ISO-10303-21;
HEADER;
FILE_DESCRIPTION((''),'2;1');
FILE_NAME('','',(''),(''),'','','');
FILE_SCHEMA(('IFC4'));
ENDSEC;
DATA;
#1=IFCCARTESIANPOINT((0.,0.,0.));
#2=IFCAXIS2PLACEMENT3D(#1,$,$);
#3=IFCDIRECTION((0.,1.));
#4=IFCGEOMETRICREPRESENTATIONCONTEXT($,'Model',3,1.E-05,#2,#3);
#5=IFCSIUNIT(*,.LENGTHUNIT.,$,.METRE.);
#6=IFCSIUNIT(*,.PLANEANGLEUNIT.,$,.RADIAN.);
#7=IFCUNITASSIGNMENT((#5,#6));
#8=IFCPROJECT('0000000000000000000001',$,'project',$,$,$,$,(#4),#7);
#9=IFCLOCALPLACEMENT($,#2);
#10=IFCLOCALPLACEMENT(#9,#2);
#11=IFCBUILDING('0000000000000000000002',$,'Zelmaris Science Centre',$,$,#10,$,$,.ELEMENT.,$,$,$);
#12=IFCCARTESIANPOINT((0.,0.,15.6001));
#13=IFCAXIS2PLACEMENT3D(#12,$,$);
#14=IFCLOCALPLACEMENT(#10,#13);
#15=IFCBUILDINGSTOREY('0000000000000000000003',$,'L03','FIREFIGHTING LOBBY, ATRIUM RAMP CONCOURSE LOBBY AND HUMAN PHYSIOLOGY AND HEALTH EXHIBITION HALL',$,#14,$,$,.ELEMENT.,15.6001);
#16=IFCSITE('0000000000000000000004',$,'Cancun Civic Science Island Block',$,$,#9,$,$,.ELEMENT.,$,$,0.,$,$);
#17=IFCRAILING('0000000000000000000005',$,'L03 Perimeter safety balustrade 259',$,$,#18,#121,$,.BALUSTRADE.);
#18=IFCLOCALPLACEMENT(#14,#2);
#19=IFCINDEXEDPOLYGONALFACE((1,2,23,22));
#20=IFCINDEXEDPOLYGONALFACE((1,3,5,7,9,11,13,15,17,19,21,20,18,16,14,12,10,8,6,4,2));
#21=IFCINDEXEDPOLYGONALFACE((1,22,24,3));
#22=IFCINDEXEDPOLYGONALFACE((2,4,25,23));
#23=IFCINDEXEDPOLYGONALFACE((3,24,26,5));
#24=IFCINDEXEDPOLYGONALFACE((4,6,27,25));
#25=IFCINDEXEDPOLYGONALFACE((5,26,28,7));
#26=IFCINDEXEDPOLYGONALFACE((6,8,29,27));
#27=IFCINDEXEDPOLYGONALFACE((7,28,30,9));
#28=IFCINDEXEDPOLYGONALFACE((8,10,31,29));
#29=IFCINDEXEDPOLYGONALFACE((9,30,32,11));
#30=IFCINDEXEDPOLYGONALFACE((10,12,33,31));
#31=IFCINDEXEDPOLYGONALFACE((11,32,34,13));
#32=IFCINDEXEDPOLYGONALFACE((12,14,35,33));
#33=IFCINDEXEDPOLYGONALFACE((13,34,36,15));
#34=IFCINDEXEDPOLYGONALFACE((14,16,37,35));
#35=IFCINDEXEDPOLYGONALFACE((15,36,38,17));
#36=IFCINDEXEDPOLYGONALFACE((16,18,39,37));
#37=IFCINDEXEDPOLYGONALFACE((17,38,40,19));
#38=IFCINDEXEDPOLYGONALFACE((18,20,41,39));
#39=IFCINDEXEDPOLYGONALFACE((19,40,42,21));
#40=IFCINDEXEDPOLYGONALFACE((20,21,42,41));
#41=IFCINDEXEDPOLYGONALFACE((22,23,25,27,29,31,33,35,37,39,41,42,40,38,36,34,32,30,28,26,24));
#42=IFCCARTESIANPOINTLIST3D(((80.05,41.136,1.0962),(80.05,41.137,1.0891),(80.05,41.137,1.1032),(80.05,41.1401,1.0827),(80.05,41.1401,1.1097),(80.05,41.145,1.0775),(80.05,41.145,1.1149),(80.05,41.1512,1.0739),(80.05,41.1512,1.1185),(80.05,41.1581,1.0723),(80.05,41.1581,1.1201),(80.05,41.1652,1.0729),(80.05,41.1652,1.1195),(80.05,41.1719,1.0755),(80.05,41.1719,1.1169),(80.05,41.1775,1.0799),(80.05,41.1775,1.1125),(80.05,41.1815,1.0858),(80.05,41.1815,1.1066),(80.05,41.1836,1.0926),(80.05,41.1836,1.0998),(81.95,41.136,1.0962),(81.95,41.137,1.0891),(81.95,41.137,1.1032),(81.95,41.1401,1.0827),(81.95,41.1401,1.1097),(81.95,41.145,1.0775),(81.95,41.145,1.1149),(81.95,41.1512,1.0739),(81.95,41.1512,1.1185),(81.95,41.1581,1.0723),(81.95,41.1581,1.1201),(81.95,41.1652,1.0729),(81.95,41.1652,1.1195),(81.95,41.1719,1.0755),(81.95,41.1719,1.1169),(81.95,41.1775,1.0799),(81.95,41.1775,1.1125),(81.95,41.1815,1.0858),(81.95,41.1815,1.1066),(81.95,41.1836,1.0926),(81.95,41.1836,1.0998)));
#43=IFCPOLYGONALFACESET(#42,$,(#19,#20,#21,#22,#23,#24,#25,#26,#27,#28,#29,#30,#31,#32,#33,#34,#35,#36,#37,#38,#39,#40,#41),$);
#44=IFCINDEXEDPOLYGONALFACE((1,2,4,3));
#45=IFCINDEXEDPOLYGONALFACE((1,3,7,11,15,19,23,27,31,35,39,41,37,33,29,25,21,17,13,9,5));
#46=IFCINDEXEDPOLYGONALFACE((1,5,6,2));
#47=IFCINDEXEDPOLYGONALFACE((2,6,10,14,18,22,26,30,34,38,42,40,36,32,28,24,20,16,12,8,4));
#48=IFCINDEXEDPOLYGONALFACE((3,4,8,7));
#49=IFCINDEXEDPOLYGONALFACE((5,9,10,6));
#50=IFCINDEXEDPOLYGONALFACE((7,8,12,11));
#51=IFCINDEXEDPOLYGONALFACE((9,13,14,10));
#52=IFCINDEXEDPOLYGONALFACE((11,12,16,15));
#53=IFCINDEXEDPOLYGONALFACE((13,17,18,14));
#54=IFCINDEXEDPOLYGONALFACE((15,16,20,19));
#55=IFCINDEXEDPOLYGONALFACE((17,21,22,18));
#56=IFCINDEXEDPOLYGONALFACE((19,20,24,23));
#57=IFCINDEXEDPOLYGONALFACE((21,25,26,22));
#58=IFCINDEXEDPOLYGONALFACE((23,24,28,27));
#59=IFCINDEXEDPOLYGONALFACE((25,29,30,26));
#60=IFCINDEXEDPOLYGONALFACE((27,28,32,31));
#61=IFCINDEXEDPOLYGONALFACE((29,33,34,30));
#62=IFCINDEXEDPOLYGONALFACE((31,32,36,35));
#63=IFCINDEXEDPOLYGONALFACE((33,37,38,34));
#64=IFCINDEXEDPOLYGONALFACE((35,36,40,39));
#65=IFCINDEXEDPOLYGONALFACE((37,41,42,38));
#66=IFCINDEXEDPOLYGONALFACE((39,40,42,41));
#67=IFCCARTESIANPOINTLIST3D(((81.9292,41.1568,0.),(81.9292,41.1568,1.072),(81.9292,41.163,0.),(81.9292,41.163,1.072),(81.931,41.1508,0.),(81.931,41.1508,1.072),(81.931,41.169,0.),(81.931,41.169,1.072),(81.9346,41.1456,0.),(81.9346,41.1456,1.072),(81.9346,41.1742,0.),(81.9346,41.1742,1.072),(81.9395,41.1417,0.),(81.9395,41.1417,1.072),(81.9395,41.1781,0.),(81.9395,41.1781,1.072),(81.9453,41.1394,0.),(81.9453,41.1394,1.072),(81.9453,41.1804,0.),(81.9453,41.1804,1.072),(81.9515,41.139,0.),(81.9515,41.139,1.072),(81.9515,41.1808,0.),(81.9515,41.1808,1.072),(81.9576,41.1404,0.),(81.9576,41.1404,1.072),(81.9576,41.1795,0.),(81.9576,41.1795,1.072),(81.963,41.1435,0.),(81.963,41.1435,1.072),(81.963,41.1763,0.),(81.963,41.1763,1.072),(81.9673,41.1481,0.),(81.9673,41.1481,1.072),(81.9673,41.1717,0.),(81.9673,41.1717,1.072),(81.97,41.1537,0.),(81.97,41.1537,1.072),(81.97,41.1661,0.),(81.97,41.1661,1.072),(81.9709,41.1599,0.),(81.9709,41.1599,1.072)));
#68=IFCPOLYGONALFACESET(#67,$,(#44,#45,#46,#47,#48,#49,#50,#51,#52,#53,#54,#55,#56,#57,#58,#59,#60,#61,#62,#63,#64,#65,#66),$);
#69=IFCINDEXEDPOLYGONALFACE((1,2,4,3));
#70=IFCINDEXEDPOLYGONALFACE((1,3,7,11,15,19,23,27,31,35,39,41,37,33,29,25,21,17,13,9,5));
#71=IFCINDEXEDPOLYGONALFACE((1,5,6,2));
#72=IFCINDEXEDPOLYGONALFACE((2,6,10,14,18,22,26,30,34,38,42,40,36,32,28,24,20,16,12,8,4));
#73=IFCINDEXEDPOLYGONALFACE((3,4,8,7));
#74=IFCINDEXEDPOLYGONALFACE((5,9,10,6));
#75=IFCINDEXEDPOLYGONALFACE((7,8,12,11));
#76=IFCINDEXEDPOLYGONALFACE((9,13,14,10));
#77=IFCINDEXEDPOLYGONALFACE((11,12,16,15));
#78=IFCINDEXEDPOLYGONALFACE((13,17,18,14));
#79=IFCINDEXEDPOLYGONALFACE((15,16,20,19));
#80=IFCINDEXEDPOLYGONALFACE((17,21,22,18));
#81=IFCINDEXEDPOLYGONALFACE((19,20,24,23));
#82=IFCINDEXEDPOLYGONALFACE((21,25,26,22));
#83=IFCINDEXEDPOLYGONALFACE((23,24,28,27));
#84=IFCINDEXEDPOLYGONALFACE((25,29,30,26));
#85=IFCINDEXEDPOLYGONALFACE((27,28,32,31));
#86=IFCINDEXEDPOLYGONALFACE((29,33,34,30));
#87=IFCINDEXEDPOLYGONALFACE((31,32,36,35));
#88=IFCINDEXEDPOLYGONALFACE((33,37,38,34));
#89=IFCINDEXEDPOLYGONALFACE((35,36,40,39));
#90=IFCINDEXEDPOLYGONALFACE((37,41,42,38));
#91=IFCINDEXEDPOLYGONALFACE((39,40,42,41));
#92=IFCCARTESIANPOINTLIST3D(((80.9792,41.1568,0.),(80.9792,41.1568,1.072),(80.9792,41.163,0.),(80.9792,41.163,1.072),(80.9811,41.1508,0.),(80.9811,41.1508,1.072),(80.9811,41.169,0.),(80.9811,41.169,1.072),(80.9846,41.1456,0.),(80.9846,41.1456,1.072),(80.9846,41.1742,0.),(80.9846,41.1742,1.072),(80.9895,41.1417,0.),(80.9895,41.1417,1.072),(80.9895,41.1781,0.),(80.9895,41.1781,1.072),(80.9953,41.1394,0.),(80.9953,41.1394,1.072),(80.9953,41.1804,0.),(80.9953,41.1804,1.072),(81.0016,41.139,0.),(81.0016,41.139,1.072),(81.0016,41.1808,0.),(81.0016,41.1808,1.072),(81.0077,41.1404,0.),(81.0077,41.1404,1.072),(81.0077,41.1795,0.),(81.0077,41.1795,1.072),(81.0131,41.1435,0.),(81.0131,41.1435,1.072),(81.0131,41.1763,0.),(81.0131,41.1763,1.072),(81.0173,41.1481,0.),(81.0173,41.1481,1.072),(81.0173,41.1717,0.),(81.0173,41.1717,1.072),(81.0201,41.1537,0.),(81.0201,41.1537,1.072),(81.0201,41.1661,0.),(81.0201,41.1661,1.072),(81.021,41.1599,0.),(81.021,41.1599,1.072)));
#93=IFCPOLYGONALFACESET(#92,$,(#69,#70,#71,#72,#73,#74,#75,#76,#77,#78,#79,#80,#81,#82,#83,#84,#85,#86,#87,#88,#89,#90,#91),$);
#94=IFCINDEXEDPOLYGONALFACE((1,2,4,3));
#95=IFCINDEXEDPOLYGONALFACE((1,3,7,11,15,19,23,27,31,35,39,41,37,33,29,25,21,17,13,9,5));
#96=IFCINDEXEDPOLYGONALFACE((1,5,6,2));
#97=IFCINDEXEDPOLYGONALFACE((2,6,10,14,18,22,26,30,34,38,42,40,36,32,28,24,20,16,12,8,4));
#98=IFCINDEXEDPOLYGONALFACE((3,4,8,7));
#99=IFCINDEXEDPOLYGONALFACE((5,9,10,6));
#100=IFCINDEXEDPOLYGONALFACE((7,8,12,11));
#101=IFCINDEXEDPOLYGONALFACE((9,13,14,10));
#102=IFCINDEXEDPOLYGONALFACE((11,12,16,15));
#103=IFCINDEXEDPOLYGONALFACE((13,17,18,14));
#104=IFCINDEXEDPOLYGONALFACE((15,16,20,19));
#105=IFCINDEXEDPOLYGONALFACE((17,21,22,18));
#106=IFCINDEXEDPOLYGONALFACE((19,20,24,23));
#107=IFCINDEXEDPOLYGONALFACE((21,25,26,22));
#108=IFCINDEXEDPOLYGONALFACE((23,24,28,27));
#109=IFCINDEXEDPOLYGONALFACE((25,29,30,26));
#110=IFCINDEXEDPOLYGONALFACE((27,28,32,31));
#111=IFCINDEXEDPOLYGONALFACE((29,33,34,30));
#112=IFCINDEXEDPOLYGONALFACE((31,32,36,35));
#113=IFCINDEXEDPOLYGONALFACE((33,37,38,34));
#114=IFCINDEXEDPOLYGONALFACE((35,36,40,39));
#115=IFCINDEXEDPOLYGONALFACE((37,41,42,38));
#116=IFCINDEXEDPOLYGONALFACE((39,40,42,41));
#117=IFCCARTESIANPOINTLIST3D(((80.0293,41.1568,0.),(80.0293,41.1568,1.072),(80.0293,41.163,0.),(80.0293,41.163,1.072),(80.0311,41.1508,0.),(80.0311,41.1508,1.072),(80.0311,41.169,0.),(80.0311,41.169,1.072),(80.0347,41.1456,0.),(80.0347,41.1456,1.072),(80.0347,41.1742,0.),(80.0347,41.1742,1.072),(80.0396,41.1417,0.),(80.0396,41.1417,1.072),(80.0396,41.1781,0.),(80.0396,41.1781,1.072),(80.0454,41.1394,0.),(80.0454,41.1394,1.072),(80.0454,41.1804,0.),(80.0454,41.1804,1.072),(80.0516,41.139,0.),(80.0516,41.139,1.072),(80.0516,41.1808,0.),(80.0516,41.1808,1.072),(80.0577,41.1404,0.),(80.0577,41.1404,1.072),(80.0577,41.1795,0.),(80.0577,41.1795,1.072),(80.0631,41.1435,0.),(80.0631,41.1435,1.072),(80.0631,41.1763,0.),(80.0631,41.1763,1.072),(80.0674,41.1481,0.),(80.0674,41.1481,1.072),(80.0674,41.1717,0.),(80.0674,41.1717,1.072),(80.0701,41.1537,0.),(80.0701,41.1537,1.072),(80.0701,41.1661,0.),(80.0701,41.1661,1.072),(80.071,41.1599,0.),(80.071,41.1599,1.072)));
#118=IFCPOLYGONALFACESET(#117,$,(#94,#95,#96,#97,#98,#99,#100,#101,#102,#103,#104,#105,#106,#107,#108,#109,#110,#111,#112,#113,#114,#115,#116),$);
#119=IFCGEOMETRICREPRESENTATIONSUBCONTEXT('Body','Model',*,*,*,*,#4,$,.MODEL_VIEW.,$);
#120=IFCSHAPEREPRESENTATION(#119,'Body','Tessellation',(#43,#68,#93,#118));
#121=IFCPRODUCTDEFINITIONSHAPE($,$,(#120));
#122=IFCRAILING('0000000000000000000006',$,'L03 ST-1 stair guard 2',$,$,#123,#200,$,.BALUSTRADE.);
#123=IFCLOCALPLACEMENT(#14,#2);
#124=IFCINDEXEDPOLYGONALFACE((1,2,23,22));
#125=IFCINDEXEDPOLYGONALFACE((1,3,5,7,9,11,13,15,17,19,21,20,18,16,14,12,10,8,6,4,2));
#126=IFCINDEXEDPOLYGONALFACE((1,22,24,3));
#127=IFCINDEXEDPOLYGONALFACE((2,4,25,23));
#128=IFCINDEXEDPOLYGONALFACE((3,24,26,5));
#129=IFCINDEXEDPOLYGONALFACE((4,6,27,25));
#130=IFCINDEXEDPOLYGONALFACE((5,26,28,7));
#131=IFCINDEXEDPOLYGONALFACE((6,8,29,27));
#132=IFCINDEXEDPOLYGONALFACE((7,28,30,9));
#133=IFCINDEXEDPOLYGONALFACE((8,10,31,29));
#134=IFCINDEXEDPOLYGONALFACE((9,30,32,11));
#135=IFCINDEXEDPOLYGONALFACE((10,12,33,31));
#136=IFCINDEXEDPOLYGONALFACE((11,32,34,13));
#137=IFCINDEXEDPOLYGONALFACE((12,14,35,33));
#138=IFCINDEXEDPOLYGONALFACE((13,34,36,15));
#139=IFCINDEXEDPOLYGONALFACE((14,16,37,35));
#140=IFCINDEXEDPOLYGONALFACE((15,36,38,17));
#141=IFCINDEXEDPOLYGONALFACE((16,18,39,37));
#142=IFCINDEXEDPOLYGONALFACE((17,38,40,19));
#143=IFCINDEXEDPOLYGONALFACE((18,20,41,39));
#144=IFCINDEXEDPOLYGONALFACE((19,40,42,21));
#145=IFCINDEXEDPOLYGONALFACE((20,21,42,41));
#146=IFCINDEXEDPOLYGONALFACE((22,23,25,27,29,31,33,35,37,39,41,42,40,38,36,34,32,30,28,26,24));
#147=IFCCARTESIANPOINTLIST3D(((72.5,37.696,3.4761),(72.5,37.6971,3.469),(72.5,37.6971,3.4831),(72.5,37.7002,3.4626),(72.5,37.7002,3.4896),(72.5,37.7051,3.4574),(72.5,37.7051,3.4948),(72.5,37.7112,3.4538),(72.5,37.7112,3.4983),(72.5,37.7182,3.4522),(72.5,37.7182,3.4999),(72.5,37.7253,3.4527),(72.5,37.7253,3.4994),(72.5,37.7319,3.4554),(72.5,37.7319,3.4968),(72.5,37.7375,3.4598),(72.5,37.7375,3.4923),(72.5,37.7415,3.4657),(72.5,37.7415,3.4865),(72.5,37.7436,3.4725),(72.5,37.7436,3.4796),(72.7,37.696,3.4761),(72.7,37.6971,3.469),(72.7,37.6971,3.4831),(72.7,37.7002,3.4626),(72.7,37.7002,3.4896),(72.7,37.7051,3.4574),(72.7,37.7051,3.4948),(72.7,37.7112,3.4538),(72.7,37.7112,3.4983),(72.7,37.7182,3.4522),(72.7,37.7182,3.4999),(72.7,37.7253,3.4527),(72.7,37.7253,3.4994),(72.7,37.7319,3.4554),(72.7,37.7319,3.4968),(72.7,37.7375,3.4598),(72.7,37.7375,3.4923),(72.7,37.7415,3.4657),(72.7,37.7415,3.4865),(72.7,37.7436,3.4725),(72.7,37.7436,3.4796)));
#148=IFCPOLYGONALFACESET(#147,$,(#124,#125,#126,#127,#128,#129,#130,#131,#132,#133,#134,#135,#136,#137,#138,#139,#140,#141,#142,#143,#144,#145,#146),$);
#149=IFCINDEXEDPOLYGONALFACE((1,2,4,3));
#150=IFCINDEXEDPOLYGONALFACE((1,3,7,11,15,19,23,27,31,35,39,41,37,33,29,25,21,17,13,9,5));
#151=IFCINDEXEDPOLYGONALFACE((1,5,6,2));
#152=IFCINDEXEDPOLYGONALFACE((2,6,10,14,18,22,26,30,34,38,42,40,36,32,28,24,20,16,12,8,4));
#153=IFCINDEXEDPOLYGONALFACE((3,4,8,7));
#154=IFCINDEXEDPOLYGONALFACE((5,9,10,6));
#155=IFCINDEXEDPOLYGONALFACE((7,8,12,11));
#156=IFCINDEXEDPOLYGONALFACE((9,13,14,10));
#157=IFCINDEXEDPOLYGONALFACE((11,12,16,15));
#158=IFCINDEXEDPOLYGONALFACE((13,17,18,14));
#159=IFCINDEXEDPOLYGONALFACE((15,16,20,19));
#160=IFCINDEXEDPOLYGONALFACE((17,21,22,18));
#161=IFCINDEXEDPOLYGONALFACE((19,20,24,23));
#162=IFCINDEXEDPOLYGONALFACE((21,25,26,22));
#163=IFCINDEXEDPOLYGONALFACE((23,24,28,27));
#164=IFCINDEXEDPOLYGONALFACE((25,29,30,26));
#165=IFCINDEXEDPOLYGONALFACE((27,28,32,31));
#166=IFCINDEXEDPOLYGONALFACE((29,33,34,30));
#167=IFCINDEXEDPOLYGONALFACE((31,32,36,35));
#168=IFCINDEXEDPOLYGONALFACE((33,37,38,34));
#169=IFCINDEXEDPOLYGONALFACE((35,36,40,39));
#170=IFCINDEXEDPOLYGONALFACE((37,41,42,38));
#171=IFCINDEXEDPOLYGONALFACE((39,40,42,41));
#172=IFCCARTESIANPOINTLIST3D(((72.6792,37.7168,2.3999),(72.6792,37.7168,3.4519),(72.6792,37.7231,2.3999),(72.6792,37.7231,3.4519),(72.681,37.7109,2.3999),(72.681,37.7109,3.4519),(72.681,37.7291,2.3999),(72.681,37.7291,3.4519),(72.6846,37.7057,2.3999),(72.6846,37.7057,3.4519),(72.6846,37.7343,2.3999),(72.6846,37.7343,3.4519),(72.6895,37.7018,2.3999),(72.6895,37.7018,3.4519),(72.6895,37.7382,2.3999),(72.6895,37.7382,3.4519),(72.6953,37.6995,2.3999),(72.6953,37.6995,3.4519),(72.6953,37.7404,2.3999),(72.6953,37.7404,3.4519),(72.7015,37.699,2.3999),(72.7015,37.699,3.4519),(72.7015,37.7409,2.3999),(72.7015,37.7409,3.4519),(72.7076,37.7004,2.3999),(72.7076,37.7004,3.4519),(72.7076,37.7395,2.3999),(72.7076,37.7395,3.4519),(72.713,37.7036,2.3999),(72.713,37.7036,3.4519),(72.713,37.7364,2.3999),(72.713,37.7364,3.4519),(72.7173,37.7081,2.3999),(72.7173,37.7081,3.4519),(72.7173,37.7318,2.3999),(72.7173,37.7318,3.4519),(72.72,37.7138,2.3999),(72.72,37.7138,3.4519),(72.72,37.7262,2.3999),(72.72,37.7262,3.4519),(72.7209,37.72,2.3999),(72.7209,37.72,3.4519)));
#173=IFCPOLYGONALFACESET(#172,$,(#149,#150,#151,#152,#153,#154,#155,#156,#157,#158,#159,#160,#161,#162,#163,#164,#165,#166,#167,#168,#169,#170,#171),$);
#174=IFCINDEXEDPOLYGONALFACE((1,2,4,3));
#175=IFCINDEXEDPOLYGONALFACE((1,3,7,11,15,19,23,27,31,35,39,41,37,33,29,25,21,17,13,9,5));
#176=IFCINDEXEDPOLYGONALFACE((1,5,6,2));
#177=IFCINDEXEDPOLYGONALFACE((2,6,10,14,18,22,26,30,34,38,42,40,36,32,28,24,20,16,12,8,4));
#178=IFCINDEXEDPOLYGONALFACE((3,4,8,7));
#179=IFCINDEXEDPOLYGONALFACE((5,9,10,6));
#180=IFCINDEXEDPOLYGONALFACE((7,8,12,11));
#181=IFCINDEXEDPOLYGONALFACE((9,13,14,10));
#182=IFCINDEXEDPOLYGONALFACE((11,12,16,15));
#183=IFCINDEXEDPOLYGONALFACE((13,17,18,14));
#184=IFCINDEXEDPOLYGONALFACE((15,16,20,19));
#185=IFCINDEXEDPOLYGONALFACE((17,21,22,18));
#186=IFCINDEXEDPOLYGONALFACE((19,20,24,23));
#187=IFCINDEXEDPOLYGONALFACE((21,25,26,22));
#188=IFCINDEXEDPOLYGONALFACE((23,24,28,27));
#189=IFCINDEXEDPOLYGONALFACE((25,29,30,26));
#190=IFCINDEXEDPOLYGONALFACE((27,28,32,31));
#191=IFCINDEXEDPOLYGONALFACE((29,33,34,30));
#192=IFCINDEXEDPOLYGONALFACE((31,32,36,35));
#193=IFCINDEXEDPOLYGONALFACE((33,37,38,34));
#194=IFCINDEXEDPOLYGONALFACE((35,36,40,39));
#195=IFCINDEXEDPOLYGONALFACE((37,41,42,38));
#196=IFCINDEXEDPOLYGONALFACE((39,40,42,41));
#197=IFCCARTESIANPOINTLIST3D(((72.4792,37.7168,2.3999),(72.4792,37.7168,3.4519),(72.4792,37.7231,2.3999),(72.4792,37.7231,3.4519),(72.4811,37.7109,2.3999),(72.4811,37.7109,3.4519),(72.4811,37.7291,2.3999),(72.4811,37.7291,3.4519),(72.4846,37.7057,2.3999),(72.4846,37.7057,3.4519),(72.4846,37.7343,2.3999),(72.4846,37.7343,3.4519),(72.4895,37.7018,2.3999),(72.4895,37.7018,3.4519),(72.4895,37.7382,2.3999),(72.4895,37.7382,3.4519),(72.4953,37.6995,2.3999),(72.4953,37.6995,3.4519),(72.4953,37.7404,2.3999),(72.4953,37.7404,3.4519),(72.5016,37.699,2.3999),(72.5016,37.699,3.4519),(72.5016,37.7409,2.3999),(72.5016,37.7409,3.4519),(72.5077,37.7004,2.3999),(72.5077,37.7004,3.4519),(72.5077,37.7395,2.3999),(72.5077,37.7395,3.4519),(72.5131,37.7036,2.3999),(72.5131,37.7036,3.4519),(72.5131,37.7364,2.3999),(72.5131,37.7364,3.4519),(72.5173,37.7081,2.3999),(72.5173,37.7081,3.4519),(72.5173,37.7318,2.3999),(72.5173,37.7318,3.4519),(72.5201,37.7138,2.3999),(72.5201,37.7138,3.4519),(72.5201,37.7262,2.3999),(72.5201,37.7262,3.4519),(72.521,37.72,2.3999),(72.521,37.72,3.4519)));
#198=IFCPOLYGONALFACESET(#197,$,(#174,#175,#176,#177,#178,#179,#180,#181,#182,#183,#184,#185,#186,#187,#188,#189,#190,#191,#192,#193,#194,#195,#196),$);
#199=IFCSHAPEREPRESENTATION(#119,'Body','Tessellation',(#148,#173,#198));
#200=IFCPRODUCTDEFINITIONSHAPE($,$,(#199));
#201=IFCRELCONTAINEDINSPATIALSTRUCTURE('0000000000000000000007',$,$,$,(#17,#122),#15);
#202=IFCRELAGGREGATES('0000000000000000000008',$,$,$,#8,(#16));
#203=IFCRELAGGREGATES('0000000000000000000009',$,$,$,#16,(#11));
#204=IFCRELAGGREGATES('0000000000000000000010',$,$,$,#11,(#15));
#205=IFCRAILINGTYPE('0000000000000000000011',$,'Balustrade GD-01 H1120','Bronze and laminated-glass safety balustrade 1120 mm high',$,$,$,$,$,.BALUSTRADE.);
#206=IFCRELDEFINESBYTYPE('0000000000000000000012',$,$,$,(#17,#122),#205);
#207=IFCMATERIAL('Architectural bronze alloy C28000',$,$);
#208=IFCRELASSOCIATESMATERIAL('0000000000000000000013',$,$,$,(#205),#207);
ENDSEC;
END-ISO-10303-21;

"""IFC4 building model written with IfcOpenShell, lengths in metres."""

from ifc_helpers import new_model, si_unit, direction, frame, origin, origin_2d, place, context, subcontext, project, spatial, circle, extrude, material, type_object, element, save


model = new_model("IFC4")

# Units and contexts
model_context = context("Model", 3, precision=1e-05, world=origin(), true_north=direction((0.0, 1.0)))
body_context = subcontext(model_context, "Body", "Model", "MODEL_VIEW")
ifc_project = project(units=[si_unit("LENGTHUNIT", "METRE"), si_unit("PLANEANGLEUNIT", "RADIAN")], contexts=[model_context])

# Site, building, storey
site_placement = place(None, origin())
site = spatial("IfcSite", under=ifc_project, at=site_placement, Name="Cancun Civic Science Island Block", CompositionType="ELEMENT", RefElevation=0.0)
building_placement = place(site_placement, origin())
building = spatial("IfcBuilding", under=site, at=building_placement, Name="Zelmaris Science Centre", CompositionType="ELEMENT")
storey_placement = place(building_placement, frame((0.0, 0.0, 15.6001)))
storey = spatial("IfcBuildingStorey", under=building, at=storey_placement, Name="L03", Description="FIREFIGHTING LOBBY, ATRIUM RAMP CONCOURSE LOBBY AND HUMAN PHYSIOLOGY AND HEALTH EXHIBITION HALL", CompositionType="ELEMENT", Elevation=15.6001)

# Railings
ifc_material_1 = material(Name="Architectural bronze alloy C28000")
railing_type_1 = type_object("IfcRailingType", Name="Balustrade GD-01 H1120", Description="Bronze and laminated-glass safety balustrade 1120 mm high", PredefinedType="BALUSTRADE", material=ifc_material_1)
railing_1_placement = place(storey_placement, frame((81.95, 41.1599, 0.0)))
element("IfcRailing", 1, at=railing_1_placement, inside=storey, type_object=railing_type_1, Name="L03 Perimeter safety balustrade 259", PredefinedType="BALUSTRADE", context=body_context, shape_type="SweptSolid", body=[
    extrude(circle(Radius=0.0239, at=origin_2d()), frame((0.0, 0.0, 1.0962), z_axis=(-1.0, 0.0, 0.0), x_axis=(0.0, -1.0, 0.0)), (0.0, 0.0, 1.0), 1.8999),
    extrude(circle(Radius=0.021, at=origin_2d()), origin(), (0.0, 0.0, 1.0), 1.072),
    extrude(circle(Radius=0.021, at=origin_2d()), frame((-0.95, 0.0, 0.0)), (0.0, 0.0, 1.0), 1.072),
    extrude(circle(Radius=0.021, at=origin_2d()), frame((-1.8999, 0.0, 0.0)), (0.0, 0.0, 1.0), 1.072),
])
railing_2_placement = place(storey_placement, frame((72.7, 37.72, 2.3999)))
element("IfcRailing", 2, at=railing_2_placement, inside=storey, type_object=railing_type_1, Name="L03 ST-1 stair guard 2", PredefinedType="BALUSTRADE", context=body_context, shape_type="SweptSolid", body=[
    extrude(circle(Radius=0.0239, at=origin_2d()), frame((0.0, 0.0, 1.0762), z_axis=(-1.0, 0.0, 0.0), x_axis=(0.0, -1.0, 0.0)), (0.0, 0.0, 1.0), 0.2),
    extrude(circle(Radius=0.021, at=origin_2d()), origin(), (0.0, 0.0, 1.0), 1.052),
    extrude(circle(Radius=0.021, at=origin_2d()), frame((-0.2, 0.0, 0.0)), (0.0, 0.0, 1.0), 1.052),
])

save(model, "model.ifc")
